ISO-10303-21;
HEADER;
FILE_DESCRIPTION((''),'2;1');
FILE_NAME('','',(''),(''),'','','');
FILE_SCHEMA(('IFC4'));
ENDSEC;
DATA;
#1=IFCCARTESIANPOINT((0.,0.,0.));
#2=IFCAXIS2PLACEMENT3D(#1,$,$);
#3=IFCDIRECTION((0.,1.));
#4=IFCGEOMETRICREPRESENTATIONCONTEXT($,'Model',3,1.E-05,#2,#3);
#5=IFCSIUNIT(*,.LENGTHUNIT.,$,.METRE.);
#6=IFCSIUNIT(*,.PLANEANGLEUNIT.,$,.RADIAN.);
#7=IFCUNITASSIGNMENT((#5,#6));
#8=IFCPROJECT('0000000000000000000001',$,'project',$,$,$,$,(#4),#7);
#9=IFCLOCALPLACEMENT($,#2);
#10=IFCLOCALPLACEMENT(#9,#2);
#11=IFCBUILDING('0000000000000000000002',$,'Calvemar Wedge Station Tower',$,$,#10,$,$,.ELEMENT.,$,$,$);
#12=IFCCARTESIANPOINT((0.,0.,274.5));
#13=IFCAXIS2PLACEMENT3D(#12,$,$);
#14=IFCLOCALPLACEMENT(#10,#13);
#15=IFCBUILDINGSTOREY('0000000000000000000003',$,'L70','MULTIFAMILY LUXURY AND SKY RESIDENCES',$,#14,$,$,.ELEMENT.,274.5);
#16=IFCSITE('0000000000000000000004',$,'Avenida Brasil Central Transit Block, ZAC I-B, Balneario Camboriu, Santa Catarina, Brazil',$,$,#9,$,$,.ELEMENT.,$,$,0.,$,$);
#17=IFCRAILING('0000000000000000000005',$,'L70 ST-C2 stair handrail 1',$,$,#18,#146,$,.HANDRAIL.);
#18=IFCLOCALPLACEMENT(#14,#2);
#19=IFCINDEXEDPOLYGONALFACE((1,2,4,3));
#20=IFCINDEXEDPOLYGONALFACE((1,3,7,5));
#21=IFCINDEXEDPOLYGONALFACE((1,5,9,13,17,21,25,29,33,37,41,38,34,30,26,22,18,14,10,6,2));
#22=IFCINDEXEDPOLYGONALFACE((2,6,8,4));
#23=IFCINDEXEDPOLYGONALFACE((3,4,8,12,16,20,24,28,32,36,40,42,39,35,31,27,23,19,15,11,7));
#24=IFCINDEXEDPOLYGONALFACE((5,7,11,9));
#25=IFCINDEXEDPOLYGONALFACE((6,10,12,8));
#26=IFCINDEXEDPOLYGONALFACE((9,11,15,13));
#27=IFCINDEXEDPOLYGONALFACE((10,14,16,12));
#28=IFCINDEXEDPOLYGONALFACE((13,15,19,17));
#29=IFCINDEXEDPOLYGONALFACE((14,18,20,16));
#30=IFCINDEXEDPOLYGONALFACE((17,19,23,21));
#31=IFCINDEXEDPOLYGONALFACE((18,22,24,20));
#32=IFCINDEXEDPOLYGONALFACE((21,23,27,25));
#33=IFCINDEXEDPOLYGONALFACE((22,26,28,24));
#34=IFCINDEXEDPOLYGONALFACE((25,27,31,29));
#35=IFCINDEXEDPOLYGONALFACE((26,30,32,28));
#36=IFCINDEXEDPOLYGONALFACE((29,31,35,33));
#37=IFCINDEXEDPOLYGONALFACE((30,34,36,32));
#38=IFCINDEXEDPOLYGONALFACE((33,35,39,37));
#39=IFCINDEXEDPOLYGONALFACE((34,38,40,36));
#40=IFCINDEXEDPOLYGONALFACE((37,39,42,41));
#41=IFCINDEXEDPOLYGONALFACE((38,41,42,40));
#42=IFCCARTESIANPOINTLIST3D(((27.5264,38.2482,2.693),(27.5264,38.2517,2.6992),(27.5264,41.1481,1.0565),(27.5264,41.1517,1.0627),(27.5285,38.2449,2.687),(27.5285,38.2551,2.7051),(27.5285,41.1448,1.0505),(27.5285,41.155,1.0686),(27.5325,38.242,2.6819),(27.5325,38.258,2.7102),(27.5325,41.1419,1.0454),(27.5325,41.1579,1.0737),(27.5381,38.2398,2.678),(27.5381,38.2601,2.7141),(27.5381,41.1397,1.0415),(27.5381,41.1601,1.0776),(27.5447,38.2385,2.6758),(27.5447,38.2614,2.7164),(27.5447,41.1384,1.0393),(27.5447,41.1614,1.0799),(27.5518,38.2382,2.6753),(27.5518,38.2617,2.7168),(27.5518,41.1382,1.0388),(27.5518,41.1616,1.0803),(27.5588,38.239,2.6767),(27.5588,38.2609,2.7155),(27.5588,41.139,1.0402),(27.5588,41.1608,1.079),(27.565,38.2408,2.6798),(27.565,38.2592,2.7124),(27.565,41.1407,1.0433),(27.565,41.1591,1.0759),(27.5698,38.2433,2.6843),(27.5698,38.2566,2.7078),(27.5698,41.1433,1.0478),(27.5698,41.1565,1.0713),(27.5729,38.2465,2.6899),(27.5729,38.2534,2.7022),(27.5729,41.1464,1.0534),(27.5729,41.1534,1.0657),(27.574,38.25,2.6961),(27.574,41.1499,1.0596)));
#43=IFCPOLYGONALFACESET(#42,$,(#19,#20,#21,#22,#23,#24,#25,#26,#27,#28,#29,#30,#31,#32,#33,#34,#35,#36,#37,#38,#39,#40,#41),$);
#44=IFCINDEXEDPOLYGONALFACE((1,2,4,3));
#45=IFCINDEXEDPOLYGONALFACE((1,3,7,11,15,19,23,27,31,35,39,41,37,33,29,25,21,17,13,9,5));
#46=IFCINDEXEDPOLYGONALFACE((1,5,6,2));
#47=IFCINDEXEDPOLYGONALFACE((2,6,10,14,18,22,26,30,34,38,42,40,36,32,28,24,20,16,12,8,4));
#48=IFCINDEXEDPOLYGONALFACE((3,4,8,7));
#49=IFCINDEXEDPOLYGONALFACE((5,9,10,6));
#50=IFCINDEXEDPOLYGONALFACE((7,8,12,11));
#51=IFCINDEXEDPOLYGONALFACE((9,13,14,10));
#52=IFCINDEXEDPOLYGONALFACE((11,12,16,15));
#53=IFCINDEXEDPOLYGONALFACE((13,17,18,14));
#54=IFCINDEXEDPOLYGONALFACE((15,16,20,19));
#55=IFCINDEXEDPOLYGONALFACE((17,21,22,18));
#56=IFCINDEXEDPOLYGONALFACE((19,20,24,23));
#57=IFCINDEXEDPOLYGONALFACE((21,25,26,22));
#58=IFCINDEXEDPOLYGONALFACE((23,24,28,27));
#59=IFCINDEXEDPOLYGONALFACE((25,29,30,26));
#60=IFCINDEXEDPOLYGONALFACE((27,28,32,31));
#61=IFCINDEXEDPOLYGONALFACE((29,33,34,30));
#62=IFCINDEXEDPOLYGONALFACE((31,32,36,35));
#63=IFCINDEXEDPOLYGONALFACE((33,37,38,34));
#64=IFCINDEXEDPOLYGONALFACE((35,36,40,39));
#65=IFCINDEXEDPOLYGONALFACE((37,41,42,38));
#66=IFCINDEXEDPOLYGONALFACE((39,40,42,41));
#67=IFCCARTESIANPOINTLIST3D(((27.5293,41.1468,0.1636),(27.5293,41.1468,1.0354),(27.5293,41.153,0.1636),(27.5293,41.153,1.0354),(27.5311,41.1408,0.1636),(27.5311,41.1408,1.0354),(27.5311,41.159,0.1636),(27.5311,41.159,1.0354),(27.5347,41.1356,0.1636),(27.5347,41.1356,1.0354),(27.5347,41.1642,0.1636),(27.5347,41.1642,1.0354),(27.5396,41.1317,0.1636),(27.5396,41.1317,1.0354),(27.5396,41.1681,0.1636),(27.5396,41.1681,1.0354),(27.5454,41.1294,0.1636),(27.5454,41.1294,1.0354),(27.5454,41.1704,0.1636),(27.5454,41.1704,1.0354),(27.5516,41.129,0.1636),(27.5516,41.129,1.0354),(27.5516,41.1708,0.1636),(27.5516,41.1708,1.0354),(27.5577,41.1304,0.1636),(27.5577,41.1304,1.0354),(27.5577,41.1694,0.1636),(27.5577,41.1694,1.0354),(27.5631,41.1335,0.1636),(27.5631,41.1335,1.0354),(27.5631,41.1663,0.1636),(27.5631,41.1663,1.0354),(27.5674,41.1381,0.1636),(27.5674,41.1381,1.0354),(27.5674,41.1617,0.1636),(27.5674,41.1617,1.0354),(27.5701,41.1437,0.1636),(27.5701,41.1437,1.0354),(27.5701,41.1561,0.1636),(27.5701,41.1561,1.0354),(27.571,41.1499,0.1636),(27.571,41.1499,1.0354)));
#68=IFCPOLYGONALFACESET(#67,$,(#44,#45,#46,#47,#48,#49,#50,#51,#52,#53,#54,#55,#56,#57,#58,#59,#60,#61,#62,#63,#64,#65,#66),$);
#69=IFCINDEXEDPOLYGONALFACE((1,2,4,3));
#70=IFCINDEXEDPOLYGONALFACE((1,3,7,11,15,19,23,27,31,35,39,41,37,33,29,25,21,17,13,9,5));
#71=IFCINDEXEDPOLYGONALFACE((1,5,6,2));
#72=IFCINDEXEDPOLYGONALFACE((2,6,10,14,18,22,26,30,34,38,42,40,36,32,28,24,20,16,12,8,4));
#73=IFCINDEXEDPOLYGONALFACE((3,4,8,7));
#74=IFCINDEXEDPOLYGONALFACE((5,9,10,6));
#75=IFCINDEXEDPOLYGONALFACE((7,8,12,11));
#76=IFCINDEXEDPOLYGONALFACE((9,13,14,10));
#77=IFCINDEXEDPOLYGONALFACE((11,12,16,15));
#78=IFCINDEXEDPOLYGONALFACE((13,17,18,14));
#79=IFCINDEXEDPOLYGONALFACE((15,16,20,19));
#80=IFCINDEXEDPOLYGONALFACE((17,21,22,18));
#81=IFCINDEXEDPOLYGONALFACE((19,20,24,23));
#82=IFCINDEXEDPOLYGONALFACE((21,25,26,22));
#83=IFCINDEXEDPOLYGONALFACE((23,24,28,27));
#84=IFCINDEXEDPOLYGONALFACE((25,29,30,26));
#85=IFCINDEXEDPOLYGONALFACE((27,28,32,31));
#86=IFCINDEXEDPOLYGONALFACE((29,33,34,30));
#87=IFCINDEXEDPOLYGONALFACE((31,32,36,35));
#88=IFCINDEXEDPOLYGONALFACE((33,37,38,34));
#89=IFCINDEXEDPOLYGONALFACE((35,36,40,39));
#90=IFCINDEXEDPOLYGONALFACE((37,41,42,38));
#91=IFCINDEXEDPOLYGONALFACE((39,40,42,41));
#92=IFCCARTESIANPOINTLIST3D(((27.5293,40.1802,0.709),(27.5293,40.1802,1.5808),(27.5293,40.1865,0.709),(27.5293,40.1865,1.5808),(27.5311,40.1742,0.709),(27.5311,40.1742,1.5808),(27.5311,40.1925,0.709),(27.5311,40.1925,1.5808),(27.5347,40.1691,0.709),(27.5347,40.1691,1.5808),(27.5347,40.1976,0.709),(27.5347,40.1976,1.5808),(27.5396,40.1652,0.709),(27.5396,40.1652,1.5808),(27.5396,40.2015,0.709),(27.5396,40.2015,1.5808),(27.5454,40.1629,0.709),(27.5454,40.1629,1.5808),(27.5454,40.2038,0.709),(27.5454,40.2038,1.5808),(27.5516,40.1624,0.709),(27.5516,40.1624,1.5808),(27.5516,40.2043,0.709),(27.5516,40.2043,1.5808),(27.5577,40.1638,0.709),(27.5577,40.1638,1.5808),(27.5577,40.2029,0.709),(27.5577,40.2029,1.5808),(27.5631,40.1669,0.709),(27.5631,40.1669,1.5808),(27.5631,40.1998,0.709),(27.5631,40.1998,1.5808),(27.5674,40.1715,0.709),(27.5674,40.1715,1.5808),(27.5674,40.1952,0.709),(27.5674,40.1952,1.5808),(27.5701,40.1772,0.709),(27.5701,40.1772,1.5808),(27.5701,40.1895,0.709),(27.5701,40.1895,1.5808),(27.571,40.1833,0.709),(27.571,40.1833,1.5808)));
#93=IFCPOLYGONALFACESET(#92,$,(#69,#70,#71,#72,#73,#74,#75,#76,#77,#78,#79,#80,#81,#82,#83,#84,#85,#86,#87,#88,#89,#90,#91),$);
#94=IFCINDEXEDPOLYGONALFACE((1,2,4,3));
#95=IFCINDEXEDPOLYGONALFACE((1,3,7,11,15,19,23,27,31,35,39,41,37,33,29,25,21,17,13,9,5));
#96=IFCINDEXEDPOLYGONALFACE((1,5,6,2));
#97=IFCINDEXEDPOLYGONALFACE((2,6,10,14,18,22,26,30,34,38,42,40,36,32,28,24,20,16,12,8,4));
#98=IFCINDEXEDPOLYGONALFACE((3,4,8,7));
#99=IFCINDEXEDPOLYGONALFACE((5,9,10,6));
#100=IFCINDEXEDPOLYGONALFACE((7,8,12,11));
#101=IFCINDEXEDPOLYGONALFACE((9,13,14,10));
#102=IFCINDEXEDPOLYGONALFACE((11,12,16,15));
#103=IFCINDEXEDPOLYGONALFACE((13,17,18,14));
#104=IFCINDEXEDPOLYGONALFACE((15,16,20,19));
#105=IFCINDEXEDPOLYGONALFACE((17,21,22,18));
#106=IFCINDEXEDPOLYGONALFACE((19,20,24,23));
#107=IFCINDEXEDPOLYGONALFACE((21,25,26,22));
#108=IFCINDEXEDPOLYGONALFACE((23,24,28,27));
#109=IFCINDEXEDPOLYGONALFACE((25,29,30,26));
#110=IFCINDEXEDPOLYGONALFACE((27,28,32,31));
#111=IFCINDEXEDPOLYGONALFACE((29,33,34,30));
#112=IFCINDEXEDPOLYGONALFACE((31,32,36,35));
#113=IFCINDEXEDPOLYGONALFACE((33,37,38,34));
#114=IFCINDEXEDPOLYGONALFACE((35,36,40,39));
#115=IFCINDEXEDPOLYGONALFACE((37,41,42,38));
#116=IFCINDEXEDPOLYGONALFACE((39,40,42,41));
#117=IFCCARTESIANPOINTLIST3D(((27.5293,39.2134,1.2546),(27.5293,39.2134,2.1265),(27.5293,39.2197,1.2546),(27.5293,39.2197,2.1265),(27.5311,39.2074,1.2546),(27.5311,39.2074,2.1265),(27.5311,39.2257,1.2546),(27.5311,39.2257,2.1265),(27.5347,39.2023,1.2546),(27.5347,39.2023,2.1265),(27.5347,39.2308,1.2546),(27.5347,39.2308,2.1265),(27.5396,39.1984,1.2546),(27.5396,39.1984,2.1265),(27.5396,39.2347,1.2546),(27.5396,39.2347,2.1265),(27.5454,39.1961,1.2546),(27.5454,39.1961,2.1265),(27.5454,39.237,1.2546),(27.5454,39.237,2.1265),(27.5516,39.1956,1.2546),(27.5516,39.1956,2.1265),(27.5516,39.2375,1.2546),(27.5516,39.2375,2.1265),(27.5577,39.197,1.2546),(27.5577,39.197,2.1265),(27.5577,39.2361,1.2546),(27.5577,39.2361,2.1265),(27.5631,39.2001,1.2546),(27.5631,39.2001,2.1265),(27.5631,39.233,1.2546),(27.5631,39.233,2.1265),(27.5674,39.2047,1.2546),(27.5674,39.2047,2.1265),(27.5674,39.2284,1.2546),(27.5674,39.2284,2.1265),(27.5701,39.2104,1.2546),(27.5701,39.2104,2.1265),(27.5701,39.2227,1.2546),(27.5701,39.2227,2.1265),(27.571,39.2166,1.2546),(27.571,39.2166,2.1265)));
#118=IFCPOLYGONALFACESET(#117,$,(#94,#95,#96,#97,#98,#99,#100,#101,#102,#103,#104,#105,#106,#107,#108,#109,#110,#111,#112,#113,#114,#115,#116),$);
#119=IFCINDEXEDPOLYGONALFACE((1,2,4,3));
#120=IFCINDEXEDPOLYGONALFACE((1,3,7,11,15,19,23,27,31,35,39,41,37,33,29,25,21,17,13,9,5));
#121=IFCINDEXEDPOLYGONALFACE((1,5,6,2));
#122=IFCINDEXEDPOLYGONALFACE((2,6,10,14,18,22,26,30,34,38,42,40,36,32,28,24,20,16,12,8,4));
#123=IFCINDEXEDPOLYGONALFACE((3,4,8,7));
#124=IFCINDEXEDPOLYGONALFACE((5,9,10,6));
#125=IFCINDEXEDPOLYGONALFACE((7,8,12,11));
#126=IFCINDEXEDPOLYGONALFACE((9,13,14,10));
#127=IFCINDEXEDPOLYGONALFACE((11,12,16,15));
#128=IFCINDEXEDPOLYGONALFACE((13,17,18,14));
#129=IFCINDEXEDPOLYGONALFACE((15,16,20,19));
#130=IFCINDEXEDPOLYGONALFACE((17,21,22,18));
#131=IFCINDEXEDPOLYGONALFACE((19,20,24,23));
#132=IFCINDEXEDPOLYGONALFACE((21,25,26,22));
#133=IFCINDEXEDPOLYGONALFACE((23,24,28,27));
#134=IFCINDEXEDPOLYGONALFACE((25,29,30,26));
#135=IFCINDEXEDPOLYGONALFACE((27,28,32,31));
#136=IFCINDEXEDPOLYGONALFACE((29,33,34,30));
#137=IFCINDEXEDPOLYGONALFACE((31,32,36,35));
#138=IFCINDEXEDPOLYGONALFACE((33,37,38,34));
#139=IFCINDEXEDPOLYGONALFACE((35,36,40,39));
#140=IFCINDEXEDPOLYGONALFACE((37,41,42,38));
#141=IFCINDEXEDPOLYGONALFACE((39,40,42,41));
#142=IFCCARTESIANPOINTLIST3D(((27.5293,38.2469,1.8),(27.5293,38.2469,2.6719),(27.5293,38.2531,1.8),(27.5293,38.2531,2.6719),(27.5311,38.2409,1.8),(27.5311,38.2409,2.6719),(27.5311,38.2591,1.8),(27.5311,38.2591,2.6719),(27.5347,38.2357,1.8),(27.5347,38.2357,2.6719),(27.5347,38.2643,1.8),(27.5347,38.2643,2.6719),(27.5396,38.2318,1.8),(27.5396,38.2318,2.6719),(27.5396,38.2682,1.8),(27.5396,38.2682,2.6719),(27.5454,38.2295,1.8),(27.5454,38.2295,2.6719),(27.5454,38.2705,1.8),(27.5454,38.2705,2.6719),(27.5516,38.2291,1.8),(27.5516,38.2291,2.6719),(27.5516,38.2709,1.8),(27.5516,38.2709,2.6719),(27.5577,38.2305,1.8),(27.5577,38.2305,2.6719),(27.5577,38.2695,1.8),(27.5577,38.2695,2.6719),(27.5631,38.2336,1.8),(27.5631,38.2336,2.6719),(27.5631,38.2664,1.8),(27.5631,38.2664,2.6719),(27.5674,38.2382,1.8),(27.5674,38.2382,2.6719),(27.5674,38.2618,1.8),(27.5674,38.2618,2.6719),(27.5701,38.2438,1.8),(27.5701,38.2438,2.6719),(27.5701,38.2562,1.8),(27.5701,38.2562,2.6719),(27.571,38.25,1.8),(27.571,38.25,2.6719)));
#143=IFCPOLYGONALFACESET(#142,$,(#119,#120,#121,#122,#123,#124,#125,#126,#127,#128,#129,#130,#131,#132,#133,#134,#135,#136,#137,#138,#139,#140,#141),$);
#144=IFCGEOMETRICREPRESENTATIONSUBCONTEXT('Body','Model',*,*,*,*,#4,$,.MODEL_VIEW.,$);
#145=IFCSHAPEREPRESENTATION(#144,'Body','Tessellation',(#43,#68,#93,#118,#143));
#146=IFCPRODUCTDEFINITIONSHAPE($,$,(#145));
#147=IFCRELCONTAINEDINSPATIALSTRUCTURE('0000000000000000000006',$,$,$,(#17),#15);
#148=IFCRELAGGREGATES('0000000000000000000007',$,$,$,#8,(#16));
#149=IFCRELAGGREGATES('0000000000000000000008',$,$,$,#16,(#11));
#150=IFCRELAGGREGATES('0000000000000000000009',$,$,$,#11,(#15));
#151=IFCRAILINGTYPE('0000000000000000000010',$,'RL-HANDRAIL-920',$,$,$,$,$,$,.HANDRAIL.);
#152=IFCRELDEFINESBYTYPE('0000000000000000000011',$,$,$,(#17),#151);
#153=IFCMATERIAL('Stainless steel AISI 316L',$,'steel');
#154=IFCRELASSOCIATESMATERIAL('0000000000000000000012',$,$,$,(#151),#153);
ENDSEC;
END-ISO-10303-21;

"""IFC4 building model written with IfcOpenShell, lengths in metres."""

from ifc_helpers import new_model, si_unit, direction, frame, origin, origin_2d, place, context, subcontext, project, spatial, circle, extrude, material, type_object, element, save


model = new_model("IFC4")

# Units and contexts
model_context = context("Model", 3, precision=1e-05, world=origin(), true_north=direction((0.0, 1.0)))
body_context = subcontext(model_context, "Body", "Model", "MODEL_VIEW")
ifc_project = project(units=[si_unit("LENGTHUNIT", "METRE"), si_unit("PLANEANGLEUNIT", "RADIAN")], contexts=[model_context])

# Site, building, storey
site_placement = place(None, origin())
site = spatial("IfcSite", under=ifc_project, at=site_placement, Name="Avenida Brasil Central Transit Block, ZAC I-B, Balneario Camboriu, Santa Catarina, Brazil", CompositionType="ELEMENT", RefElevation=0.0)
building_placement = place(site_placement, origin())
building = spatial("IfcBuilding", under=site, at=building_placement, Name="Calvemar Wedge Station Tower", CompositionType="ELEMENT")
storey_placement = place(building_placement, frame((0.0, 0.0, 274.5)))
storey = spatial("IfcBuildingStorey", under=building, at=storey_placement, Name="L70", Description="MULTIFAMILY LUXURY AND SKY RESIDENCES", CompositionType="ELEMENT", Elevation=274.5)

# Railing
ifc_material_1 = material(Name="Stainless steel AISI 316L", Category="steel")
railing_type = type_object("IfcRailingType", Name="RL-HANDRAIL-920", PredefinedType="HANDRAIL", material=ifc_material_1)
railing_placement = place(storey_placement, frame((27.55, 41.1499, 0.1636)))
element("IfcRailing", 1, at=railing_placement, inside=storey, type_object=railing_type, Name="L70 ST-C2 stair handrail 1", PredefinedType="HANDRAIL", context=body_context, shape_type="SweptSolid", body=[
    extrude(circle(Radius=0.0239, at=origin_2d()), frame((0.0, 0.0, 0.896), z_axis=(0.0, -0.870897, 0.491465), x_axis=(1.0, 0.0, 0.0)), (0.0, 0.0, 1.0), 3.3298),
    extrude(circle(Radius=0.021, at=origin_2d()), origin(), (0.0, 0.0, 1.0), 0.8718),
    extrude(circle(Radius=0.021, at=origin_2d()), frame((0.0, -0.9666, 0.5454)), (0.0, 0.0, 1.0), 0.8718),
    extrude(circle(Radius=0.021, at=origin_2d()), frame((0.0, -1.9333, 1.0911)), (0.0, 0.0, 1.0), 0.8718),
    extrude(circle(Radius=0.021, at=origin_2d()), frame((0.0, -2.8999, 1.6365)), (0.0, 0.0, 1.0), 0.8718),
])

save(model, "model.ifc")
